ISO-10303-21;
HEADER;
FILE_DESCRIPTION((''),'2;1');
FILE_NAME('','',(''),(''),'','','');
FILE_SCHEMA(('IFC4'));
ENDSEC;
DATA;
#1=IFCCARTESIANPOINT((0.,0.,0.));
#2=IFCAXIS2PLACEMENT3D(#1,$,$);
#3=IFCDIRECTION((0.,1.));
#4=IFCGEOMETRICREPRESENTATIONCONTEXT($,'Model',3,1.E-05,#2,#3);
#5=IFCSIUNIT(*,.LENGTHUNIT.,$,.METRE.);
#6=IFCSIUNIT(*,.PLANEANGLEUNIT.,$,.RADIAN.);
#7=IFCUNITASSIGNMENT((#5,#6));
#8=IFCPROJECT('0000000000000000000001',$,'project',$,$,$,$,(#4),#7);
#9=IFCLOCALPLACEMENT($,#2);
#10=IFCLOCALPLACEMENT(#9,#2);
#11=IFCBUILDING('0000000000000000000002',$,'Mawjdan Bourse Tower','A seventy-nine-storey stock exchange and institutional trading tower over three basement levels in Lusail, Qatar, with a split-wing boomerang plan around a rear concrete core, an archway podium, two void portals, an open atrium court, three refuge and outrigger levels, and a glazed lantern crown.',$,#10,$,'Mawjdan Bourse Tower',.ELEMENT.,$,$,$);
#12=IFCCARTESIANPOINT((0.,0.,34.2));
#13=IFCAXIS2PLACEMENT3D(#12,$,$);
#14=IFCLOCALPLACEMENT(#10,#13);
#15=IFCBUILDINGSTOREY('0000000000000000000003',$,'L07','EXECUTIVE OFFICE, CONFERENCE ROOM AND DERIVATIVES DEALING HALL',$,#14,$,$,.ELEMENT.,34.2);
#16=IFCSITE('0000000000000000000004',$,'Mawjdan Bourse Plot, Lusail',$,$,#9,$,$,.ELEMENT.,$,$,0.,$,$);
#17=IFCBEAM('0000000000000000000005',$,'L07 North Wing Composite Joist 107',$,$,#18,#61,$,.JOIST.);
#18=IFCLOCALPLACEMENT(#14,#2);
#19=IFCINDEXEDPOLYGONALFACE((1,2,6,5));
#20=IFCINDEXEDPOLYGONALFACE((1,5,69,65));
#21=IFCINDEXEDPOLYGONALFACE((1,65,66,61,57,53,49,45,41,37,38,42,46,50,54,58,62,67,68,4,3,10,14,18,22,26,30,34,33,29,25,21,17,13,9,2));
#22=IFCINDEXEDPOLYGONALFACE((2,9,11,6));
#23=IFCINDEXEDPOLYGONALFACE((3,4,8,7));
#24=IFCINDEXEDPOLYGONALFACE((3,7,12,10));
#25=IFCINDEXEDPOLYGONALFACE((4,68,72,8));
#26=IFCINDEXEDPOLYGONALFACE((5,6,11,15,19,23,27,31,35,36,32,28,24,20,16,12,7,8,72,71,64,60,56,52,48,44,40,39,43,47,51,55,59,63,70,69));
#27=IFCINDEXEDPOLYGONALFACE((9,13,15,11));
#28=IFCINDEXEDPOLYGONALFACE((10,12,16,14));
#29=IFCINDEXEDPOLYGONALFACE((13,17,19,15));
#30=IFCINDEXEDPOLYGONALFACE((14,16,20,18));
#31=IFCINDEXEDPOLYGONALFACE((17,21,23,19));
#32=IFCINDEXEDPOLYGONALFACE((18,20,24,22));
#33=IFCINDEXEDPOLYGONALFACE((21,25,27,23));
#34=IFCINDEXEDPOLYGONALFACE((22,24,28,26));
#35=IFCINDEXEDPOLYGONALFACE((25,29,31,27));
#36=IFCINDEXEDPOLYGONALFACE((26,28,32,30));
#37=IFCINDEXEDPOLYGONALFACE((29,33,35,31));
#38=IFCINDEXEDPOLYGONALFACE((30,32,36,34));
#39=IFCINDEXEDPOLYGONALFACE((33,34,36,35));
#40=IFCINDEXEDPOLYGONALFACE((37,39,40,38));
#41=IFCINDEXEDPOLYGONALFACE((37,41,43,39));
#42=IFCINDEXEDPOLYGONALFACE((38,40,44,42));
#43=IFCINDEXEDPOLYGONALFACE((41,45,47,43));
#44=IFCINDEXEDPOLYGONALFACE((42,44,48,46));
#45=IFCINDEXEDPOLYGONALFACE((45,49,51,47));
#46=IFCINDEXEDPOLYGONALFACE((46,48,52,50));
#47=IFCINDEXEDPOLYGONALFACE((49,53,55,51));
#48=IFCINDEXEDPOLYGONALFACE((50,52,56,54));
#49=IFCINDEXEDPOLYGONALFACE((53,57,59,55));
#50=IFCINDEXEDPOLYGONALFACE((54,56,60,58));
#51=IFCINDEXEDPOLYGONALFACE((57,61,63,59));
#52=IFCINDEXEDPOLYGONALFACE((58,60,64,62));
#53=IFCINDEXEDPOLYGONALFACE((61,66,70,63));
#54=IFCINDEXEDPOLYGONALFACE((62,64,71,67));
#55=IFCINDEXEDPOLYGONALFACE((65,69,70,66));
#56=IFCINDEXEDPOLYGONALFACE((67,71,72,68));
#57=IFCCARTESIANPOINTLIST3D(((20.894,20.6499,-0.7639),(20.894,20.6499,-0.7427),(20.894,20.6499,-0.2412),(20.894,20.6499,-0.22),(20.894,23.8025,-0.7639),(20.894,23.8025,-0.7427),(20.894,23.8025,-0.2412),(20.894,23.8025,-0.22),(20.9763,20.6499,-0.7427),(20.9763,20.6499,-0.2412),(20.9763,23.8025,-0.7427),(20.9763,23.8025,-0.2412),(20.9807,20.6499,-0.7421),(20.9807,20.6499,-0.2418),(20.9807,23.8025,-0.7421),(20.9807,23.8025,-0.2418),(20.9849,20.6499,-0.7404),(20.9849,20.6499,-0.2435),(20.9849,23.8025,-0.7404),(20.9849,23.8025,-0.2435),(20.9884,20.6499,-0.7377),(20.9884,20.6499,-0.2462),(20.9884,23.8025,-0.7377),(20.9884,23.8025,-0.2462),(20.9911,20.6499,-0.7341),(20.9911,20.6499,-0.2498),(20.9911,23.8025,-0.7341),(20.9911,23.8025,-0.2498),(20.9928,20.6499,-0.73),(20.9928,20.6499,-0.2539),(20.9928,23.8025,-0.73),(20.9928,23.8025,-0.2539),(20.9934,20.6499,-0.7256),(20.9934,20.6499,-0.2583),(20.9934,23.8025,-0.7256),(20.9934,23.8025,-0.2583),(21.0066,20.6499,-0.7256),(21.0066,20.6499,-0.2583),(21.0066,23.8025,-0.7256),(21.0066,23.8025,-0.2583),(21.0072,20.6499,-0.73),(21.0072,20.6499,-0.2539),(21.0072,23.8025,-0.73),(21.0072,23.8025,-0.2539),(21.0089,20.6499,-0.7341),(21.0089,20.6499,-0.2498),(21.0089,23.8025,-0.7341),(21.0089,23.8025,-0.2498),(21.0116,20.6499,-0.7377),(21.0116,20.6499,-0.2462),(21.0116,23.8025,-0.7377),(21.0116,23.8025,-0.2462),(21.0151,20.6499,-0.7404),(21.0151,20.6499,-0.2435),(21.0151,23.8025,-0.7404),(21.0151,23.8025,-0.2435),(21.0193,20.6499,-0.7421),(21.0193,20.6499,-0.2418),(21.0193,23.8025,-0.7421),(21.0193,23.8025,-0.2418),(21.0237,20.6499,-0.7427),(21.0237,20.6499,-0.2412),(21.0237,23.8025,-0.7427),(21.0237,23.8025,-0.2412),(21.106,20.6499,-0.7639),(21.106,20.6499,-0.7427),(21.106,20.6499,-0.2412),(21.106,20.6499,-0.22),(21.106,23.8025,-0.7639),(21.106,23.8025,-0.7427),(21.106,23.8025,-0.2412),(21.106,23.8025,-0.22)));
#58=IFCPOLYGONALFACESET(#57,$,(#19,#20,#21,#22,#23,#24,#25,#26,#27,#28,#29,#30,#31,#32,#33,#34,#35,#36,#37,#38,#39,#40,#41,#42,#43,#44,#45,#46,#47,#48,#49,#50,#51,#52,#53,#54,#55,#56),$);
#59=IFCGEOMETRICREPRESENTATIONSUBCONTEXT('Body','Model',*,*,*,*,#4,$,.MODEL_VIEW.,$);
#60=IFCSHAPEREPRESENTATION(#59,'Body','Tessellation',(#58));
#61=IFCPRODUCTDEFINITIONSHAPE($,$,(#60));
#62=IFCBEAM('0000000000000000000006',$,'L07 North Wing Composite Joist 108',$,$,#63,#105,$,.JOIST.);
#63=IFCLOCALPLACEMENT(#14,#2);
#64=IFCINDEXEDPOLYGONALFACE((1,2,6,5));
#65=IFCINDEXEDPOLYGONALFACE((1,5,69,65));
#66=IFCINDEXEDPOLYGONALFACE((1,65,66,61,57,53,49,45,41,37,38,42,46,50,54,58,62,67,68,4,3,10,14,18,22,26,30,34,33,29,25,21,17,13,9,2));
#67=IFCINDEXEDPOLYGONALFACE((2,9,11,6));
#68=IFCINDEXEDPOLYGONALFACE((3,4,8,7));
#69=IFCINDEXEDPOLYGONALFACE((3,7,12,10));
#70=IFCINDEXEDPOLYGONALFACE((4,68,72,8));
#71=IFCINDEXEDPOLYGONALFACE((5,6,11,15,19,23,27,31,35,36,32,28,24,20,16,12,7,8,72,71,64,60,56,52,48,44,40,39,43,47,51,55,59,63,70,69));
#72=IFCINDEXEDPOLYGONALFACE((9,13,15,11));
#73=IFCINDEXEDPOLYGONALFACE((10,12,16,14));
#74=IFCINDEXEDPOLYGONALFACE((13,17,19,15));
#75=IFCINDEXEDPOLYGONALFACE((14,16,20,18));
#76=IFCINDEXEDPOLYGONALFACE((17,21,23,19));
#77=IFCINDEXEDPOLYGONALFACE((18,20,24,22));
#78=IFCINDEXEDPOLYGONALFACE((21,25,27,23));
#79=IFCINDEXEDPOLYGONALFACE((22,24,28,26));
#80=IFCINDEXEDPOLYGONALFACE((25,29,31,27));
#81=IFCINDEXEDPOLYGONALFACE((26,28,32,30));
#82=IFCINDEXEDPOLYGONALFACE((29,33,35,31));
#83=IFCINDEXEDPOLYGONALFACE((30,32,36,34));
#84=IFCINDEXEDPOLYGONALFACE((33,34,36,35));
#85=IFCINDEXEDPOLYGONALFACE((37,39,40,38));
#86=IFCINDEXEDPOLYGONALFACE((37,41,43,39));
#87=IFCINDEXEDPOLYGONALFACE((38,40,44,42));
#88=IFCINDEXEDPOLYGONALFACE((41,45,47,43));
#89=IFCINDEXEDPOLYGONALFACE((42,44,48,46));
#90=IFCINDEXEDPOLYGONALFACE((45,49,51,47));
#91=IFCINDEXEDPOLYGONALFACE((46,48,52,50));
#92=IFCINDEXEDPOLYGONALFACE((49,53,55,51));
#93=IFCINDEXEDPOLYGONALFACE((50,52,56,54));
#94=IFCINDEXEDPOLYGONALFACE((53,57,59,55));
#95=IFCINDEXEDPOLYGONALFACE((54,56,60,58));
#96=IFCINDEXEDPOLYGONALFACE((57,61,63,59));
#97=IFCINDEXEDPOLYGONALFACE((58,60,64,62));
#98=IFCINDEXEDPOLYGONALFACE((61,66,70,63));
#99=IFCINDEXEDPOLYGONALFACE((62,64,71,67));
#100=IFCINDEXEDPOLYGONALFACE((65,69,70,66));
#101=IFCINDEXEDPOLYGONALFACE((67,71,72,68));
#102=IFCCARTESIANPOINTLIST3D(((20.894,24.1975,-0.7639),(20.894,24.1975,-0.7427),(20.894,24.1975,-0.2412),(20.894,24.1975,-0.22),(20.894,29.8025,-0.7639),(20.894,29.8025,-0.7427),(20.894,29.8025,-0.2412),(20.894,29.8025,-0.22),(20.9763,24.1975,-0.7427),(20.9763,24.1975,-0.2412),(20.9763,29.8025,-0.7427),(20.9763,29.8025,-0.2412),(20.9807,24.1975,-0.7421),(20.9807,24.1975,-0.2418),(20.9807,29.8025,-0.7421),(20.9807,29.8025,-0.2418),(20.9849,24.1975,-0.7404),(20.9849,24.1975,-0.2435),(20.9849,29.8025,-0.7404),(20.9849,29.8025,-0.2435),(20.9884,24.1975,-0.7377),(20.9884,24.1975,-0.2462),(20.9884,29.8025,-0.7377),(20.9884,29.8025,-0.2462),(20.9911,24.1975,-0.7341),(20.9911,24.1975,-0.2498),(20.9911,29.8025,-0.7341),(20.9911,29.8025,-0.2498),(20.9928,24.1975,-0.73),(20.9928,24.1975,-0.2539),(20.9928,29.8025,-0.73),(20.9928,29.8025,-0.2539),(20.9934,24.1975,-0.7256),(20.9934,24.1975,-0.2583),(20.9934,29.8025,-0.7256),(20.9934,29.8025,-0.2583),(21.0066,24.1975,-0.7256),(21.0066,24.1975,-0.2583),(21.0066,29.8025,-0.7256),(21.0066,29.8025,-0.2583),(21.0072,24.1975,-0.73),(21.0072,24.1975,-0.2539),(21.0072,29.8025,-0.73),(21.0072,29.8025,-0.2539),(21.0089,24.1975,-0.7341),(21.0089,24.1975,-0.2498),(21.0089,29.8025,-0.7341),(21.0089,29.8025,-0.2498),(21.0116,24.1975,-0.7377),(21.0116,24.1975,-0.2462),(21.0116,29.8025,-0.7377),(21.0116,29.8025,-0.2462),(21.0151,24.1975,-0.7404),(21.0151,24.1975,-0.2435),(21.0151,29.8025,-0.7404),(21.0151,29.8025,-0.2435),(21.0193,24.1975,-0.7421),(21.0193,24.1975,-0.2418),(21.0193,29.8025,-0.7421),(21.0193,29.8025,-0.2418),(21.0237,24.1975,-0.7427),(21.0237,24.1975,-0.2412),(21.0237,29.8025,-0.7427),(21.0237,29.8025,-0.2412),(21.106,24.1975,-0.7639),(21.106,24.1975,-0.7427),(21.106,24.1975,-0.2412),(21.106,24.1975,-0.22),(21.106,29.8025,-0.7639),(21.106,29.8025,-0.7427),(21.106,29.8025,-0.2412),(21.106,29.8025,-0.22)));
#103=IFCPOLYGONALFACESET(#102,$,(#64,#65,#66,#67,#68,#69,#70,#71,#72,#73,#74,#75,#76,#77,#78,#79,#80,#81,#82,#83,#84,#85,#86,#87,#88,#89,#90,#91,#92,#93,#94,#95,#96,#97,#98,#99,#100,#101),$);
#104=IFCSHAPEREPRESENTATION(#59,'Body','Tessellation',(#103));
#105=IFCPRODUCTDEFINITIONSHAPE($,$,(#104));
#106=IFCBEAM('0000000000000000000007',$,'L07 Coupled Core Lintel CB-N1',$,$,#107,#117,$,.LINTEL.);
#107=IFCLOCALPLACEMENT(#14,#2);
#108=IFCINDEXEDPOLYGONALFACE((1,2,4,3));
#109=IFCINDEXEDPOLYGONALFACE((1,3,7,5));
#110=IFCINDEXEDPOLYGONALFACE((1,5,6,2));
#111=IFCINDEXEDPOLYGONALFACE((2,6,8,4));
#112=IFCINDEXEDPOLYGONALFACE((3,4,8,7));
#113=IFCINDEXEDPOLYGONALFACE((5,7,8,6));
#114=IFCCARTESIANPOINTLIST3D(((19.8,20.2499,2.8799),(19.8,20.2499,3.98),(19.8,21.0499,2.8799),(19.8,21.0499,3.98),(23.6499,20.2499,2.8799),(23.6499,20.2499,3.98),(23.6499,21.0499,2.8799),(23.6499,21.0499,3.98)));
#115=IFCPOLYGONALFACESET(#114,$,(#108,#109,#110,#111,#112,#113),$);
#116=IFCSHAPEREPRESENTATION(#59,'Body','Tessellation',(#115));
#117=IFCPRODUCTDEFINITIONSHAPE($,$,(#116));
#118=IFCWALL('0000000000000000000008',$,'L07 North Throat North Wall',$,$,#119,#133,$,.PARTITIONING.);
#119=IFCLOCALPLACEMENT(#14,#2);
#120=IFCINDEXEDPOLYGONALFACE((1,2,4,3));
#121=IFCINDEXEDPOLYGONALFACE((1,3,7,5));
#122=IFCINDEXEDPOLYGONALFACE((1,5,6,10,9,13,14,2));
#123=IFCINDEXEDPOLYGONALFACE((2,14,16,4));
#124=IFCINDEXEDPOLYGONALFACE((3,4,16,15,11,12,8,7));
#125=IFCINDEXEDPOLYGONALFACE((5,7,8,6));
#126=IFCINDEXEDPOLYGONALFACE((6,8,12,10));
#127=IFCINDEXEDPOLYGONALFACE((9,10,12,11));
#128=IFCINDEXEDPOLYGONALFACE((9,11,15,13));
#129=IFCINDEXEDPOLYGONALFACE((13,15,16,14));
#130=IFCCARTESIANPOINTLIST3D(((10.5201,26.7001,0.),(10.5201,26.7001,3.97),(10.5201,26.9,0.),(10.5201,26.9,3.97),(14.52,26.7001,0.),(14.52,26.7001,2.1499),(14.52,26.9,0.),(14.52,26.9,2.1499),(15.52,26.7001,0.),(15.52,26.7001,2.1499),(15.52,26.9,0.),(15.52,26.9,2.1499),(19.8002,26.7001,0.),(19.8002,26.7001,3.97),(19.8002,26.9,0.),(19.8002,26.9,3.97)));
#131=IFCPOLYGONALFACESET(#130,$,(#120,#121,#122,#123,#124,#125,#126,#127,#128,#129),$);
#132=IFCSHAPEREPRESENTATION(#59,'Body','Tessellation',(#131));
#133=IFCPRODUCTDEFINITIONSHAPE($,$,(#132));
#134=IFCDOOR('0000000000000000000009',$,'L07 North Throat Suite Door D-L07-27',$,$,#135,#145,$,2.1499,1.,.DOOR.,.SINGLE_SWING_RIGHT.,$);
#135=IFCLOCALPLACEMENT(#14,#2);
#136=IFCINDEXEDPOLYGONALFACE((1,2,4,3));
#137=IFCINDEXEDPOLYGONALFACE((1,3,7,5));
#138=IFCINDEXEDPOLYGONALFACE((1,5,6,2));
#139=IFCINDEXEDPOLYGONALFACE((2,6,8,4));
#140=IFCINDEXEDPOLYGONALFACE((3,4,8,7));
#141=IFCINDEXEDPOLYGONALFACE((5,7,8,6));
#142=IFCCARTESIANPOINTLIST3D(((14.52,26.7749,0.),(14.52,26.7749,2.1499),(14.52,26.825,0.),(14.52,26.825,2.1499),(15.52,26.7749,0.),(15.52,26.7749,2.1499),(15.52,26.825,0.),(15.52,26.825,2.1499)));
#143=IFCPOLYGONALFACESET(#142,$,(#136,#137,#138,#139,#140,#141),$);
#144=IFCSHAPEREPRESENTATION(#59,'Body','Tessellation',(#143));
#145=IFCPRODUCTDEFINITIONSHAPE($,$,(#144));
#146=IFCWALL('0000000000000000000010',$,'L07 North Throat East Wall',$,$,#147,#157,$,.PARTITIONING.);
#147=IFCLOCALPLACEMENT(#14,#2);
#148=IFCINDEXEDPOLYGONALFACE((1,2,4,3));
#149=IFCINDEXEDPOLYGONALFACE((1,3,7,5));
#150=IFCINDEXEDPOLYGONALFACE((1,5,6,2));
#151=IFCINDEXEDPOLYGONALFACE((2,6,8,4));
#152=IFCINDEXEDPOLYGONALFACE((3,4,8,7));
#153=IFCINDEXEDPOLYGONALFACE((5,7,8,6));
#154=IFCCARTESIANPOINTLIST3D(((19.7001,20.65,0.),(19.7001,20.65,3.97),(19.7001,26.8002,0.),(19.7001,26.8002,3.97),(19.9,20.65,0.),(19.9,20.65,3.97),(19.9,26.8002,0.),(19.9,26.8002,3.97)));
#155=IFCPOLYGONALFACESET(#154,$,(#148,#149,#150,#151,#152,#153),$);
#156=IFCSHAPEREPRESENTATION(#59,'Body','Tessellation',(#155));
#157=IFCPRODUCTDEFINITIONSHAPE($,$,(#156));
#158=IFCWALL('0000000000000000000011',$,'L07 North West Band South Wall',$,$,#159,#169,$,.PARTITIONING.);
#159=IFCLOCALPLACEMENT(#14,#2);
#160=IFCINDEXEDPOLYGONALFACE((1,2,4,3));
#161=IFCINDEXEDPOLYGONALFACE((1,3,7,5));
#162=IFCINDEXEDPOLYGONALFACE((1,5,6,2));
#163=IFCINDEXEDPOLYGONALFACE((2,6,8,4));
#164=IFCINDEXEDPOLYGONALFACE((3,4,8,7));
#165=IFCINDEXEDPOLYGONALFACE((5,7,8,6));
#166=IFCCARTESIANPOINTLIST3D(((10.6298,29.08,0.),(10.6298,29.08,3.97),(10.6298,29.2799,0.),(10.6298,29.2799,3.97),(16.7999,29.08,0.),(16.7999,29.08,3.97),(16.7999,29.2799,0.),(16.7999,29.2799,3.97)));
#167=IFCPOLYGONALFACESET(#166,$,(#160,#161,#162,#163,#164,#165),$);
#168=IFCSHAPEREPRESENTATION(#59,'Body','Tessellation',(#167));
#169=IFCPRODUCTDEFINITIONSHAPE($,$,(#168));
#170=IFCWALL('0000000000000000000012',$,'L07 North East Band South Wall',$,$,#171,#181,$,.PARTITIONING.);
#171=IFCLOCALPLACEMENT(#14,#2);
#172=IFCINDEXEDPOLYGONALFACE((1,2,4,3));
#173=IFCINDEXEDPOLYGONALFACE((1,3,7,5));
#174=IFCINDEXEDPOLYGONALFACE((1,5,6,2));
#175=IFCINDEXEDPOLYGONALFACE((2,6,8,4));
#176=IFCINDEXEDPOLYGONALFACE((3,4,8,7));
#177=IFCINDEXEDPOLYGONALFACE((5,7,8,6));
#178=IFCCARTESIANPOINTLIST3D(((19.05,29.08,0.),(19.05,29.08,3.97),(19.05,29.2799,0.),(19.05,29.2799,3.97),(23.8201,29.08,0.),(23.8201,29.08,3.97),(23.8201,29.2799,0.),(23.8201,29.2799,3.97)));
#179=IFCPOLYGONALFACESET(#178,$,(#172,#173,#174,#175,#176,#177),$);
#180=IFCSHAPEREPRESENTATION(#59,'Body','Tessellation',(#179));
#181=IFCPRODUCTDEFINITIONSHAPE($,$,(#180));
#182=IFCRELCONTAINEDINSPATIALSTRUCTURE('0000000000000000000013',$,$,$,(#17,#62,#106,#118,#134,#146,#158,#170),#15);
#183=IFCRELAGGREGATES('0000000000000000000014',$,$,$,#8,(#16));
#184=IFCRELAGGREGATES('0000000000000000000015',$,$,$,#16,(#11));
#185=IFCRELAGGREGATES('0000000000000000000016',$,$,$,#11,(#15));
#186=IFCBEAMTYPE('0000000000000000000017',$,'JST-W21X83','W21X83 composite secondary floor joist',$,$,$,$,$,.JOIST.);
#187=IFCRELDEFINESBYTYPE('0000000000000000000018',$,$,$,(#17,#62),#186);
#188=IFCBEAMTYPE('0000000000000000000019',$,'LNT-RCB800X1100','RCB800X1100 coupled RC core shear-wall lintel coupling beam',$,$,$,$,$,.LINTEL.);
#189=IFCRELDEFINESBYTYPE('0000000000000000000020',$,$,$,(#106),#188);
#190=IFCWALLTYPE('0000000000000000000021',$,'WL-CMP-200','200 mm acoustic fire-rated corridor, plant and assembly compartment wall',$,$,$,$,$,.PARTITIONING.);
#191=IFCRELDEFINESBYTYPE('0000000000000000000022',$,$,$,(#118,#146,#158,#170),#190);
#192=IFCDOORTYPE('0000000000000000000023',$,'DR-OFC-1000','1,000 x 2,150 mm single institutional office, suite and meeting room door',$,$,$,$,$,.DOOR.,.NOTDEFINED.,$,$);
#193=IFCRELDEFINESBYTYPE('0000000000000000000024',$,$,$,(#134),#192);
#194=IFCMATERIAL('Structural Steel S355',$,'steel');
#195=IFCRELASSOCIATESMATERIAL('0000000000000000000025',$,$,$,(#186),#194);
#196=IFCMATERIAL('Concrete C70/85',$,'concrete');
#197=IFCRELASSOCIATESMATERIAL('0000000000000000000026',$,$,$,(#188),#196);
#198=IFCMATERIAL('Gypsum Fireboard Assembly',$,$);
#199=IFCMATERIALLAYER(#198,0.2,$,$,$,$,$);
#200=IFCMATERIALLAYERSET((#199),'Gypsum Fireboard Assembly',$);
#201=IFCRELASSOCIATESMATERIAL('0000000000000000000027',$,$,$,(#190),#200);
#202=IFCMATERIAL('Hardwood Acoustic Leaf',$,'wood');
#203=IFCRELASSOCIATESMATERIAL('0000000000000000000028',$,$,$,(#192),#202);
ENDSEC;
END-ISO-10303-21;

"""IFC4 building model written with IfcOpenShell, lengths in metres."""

from ifc_helpers import new_model, si_unit, direction, frame, frame_2d, origin, origin_2d, place, context, subcontext, project, spatial, rectangle, i_section, extrude, material, layer, layer_set, material_profile, profile_set, type_object, element, fill, save


model = new_model("IFC4")

# Units and contexts
model_context = context("Model", 3, precision=1e-05, world=origin(), true_north=direction((0.0, 1.0)))
body_context = subcontext(model_context, "Body", "Model", "MODEL_VIEW")
ifc_project = project(units=[si_unit("LENGTHUNIT", "METRE"), si_unit("PLANEANGLEUNIT", "RADIAN")], contexts=[model_context])

# Site, building, storey
site_placement = place(None, origin())
site = spatial("IfcSite", under=ifc_project, at=site_placement, Name="Mawjdan Bourse Plot, Lusail", CompositionType="ELEMENT", RefElevation=0.0)
building_placement = place(site_placement, origin())
building = spatial("IfcBuilding", under=site, at=building_placement, Name="Mawjdan Bourse Tower", Description="A seventy-nine-storey stock exchange and institutional trading tower over three basement levels in Lusail, Qatar, with a split-wing boomerang plan around a rear concrete core, an archway podium, two void portals, an open atrium court, three refuge and outrigger levels, and a glazed lantern crown.", LongName="Mawjdan Bourse Tower", CompositionType="ELEMENT")
storey_placement = place(building_placement, frame((0.0, 0.0, 34.2)))
storey = spatial("IfcBuildingStorey", under=building, at=storey_placement, Name="L07", Description="EXECUTIVE OFFICE, CONFERENCE ROOM AND DERIVATIVES DEALING HALL", CompositionType="ELEMENT", Elevation=34.2)

# Beams
ifc_material_1 = material(Name="Structural Steel S355", Category="steel")
ifc_material_profile_1 = material_profile(ifc_material_1, i_section(OverallWidth=0.2119, OverallDepth=0.5439, WebThickness=0.0132, FlangeThickness=0.0212, FilletRadius=0.0171, at=origin_2d()), Name="W21X83")
ifc_profile_set_1 = profile_set([ifc_material_profile_1], Name="Structural Steel S355")
beam_type_1 = type_object("IfcBeamType", Name="JST-W21X83", Description="W21X83 composite secondary floor joist", PredefinedType="JOIST", material=ifc_profile_set_1)
beam_1_placement = place(storey_placement, frame((21.0, 20.6499, -0.4919), z_axis=(0.0, 1.0, 0.0), x_axis=(-1.0, 0.0, 0.0)))
element("IfcBeam", 1, at=beam_1_placement, inside=storey, type_object=beam_type_1, Name="L07 North Wing Composite Joist 107", PredefinedType="JOIST", context=body_context, shape_type="SweptSolid", body=[
    extrude(i_section(OverallWidth=0.2119, OverallDepth=0.5439, WebThickness=0.0132, FlangeThickness=0.0212, FilletRadius=0.0171, at=origin_2d()), origin(), (0.0, 0.0, 1.0), 3.1526),
])
beam_2_placement = place(storey_placement, frame((21.0, 24.1975, -0.4919), z_axis=(0.0, 1.0, 0.0), x_axis=(-1.0, 0.0, 0.0)))
element("IfcBeam", 2, at=beam_2_placement, inside=storey, type_object=beam_type_1, Name="L07 North Wing Composite Joist 108", PredefinedType="JOIST", context=body_context, shape_type="SweptSolid", body=[
    extrude(i_section(OverallWidth=0.2119, OverallDepth=0.5439, WebThickness=0.0132, FlangeThickness=0.0212, FilletRadius=0.0171, at=origin_2d()), origin(), (0.0, 0.0, 1.0), 5.605),
])
ifc_material_2 = material(Name="Concrete C70/85", Category="concrete")
ifc_material_profile_2 = material_profile(ifc_material_2, rectangle(XDim=0.8, YDim=1.1001, at=origin_2d()), Name="RCB800X1100")
ifc_profile_set_2 = profile_set([ifc_material_profile_2], Name="Concrete C70/85")
beam_type_2 = type_object("IfcBeamType", Name="LNT-RCB800X1100", Description="RCB800X1100 coupled RC core shear-wall lintel coupling beam", PredefinedType="LINTEL", material=ifc_profile_set_2)
beam_3_placement = place(storey_placement, frame((19.8, 20.6499, 3.4299), z_axis=(1.0, 0.0, 0.0), x_axis=(0.0, 1.0, 0.0)))
element("IfcBeam", 3, at=beam_3_placement, inside=storey, type_object=beam_type_2, Name="L07 Coupled Core Lintel CB-N1", PredefinedType="LINTEL", context=body_context, shape_type="SweptSolid", body=[
    extrude(rectangle(XDim=0.8, YDim=1.1001, at=origin_2d()), origin(), (0.0, 0.0, 1.0), 3.8499),
])

# Wall, opening, door
ifc_material_3 = material(Name="Gypsum Fireboard Assembly")
ifc_layer = layer(ifc_material_3, 0.2)
ifc_layer_set = layer_set([ifc_layer], Name="Gypsum Fireboard Assembly")
wall_type = type_object("IfcWallType", Name="WL-CMP-200", Description="200 mm acoustic fire-rated corridor, plant and assembly compartment wall", PredefinedType="PARTITIONING", material=ifc_layer_set)
wall_1_placement = place(storey_placement, frame((10.52, 26.8, 0.0), z_axis=(0.0, 0.0, 1.0), x_axis=(1.0, 0.0, 0.0)))
wall_1 = element("IfcWall", 4, at=wall_1_placement, inside=storey, type_object=wall_type, Name="L07 North Throat North Wall", PredefinedType="PARTITIONING", context=body_context, shape_type="SweptSolid", body=[
    extrude(rectangle(XDim=9.28, YDim=0.2, at=frame_2d((4.6401, 0.0))), origin(), (0.0, 0.0, 1.0), 3.97),
])
opening_1_placement = place(wall_1_placement, frame((4.0, 0.0, 0.0)))
opening_1 = element("IfcOpeningElement", 5, at=opening_1_placement, cuts=wall_1, PredefinedType="OPENING", context=body_context, shape_type="SweptSolid", body=[
    extrude(rectangle(XDim=1.0, YDim=2.1499, at=frame_2d((0.5, 1.075))), frame((0.0, 0.1099, 0.0), z_axis=(0.0, -1.0, 0.0), x_axis=(1.0, 0.0, 0.0)), (0.0, 0.0, 1.0), 0.22),
])
ifc_material_4 = material(Name="Hardwood Acoustic Leaf", Category="wood")
door_type_1 = type_object("IfcDoorType", Name="DR-OFC-1000", Description="1,000 x 2,150 mm single institutional office, suite and meeting room door", OperationType="NOTDEFINED", PredefinedType="DOOR", material=ifc_material_4)
door_1_placement = place(opening_1_placement, origin())
door_1 = element("IfcDoor", 6, at=door_1_placement, inside=storey, type_object=door_type_1, Name="L07 North Throat Suite Door D-L07-27", OperationType="SINGLE_SWING_RIGHT", OverallHeight=2.1499, OverallWidth=1.0, PredefinedType="DOOR", context=body_context, shape_type="SweptSolid", body=[
    extrude(rectangle(XDim=1.0, YDim=2.1499, at=frame_2d((0.5, 1.075))), frame((0.0, 0.0249, 0.0), z_axis=(0.0, -1.0, 0.0), x_axis=(1.0, 0.0, 0.0)), (0.0, 0.0, 1.0), 0.05),
])
fill(opening_1, door_1)

# Walls
wall_2_placement = place(storey_placement, frame((19.8, 20.6499, 0.0), z_axis=(0.0, 0.0, 1.0), x_axis=(0.0, 1.0, 0.0)))
element("IfcWall", 7, at=wall_2_placement, inside=storey, type_object=wall_type, Name="L07 North Throat East Wall", PredefinedType="PARTITIONING", context=body_context, shape_type="SweptSolid", body=[
    extrude(rectangle(XDim=6.1501, YDim=0.2, at=frame_2d((3.0752, 0.0))), origin(), (0.0, 0.0, 1.0), 3.97),
])
wall_3_placement = place(storey_placement, frame((10.6299, 29.1799, 0.0), z_axis=(0.0, 0.0, 1.0), x_axis=(1.0, 0.0, 0.0)))
element("IfcWall", 8, at=wall_3_placement, inside=storey, type_object=wall_type, Name="L07 North West Band South Wall", PredefinedType="PARTITIONING", context=body_context, shape_type="SweptSolid", body=[
    extrude(rectangle(XDim=6.1702, YDim=0.2, at=frame_2d((3.085, 0.0))), origin(), (0.0, 0.0, 1.0), 3.97),
])
wall_4_placement = place(storey_placement, frame((19.05, 29.1799, 0.0), z_axis=(0.0, 0.0, 1.0), x_axis=(1.0, 0.0, 0.0)))
element("IfcWall", 9, at=wall_4_placement, inside=storey, type_object=wall_type, Name="L07 North East Band South Wall", PredefinedType="PARTITIONING", context=body_context, shape_type="SweptSolid", body=[
    extrude(rectangle(XDim=4.77, YDim=0.2, at=frame_2d((2.385, 0.0))), origin(), (0.0, 0.0, 1.0), 3.97),
])

save(model, "model.ifc")
